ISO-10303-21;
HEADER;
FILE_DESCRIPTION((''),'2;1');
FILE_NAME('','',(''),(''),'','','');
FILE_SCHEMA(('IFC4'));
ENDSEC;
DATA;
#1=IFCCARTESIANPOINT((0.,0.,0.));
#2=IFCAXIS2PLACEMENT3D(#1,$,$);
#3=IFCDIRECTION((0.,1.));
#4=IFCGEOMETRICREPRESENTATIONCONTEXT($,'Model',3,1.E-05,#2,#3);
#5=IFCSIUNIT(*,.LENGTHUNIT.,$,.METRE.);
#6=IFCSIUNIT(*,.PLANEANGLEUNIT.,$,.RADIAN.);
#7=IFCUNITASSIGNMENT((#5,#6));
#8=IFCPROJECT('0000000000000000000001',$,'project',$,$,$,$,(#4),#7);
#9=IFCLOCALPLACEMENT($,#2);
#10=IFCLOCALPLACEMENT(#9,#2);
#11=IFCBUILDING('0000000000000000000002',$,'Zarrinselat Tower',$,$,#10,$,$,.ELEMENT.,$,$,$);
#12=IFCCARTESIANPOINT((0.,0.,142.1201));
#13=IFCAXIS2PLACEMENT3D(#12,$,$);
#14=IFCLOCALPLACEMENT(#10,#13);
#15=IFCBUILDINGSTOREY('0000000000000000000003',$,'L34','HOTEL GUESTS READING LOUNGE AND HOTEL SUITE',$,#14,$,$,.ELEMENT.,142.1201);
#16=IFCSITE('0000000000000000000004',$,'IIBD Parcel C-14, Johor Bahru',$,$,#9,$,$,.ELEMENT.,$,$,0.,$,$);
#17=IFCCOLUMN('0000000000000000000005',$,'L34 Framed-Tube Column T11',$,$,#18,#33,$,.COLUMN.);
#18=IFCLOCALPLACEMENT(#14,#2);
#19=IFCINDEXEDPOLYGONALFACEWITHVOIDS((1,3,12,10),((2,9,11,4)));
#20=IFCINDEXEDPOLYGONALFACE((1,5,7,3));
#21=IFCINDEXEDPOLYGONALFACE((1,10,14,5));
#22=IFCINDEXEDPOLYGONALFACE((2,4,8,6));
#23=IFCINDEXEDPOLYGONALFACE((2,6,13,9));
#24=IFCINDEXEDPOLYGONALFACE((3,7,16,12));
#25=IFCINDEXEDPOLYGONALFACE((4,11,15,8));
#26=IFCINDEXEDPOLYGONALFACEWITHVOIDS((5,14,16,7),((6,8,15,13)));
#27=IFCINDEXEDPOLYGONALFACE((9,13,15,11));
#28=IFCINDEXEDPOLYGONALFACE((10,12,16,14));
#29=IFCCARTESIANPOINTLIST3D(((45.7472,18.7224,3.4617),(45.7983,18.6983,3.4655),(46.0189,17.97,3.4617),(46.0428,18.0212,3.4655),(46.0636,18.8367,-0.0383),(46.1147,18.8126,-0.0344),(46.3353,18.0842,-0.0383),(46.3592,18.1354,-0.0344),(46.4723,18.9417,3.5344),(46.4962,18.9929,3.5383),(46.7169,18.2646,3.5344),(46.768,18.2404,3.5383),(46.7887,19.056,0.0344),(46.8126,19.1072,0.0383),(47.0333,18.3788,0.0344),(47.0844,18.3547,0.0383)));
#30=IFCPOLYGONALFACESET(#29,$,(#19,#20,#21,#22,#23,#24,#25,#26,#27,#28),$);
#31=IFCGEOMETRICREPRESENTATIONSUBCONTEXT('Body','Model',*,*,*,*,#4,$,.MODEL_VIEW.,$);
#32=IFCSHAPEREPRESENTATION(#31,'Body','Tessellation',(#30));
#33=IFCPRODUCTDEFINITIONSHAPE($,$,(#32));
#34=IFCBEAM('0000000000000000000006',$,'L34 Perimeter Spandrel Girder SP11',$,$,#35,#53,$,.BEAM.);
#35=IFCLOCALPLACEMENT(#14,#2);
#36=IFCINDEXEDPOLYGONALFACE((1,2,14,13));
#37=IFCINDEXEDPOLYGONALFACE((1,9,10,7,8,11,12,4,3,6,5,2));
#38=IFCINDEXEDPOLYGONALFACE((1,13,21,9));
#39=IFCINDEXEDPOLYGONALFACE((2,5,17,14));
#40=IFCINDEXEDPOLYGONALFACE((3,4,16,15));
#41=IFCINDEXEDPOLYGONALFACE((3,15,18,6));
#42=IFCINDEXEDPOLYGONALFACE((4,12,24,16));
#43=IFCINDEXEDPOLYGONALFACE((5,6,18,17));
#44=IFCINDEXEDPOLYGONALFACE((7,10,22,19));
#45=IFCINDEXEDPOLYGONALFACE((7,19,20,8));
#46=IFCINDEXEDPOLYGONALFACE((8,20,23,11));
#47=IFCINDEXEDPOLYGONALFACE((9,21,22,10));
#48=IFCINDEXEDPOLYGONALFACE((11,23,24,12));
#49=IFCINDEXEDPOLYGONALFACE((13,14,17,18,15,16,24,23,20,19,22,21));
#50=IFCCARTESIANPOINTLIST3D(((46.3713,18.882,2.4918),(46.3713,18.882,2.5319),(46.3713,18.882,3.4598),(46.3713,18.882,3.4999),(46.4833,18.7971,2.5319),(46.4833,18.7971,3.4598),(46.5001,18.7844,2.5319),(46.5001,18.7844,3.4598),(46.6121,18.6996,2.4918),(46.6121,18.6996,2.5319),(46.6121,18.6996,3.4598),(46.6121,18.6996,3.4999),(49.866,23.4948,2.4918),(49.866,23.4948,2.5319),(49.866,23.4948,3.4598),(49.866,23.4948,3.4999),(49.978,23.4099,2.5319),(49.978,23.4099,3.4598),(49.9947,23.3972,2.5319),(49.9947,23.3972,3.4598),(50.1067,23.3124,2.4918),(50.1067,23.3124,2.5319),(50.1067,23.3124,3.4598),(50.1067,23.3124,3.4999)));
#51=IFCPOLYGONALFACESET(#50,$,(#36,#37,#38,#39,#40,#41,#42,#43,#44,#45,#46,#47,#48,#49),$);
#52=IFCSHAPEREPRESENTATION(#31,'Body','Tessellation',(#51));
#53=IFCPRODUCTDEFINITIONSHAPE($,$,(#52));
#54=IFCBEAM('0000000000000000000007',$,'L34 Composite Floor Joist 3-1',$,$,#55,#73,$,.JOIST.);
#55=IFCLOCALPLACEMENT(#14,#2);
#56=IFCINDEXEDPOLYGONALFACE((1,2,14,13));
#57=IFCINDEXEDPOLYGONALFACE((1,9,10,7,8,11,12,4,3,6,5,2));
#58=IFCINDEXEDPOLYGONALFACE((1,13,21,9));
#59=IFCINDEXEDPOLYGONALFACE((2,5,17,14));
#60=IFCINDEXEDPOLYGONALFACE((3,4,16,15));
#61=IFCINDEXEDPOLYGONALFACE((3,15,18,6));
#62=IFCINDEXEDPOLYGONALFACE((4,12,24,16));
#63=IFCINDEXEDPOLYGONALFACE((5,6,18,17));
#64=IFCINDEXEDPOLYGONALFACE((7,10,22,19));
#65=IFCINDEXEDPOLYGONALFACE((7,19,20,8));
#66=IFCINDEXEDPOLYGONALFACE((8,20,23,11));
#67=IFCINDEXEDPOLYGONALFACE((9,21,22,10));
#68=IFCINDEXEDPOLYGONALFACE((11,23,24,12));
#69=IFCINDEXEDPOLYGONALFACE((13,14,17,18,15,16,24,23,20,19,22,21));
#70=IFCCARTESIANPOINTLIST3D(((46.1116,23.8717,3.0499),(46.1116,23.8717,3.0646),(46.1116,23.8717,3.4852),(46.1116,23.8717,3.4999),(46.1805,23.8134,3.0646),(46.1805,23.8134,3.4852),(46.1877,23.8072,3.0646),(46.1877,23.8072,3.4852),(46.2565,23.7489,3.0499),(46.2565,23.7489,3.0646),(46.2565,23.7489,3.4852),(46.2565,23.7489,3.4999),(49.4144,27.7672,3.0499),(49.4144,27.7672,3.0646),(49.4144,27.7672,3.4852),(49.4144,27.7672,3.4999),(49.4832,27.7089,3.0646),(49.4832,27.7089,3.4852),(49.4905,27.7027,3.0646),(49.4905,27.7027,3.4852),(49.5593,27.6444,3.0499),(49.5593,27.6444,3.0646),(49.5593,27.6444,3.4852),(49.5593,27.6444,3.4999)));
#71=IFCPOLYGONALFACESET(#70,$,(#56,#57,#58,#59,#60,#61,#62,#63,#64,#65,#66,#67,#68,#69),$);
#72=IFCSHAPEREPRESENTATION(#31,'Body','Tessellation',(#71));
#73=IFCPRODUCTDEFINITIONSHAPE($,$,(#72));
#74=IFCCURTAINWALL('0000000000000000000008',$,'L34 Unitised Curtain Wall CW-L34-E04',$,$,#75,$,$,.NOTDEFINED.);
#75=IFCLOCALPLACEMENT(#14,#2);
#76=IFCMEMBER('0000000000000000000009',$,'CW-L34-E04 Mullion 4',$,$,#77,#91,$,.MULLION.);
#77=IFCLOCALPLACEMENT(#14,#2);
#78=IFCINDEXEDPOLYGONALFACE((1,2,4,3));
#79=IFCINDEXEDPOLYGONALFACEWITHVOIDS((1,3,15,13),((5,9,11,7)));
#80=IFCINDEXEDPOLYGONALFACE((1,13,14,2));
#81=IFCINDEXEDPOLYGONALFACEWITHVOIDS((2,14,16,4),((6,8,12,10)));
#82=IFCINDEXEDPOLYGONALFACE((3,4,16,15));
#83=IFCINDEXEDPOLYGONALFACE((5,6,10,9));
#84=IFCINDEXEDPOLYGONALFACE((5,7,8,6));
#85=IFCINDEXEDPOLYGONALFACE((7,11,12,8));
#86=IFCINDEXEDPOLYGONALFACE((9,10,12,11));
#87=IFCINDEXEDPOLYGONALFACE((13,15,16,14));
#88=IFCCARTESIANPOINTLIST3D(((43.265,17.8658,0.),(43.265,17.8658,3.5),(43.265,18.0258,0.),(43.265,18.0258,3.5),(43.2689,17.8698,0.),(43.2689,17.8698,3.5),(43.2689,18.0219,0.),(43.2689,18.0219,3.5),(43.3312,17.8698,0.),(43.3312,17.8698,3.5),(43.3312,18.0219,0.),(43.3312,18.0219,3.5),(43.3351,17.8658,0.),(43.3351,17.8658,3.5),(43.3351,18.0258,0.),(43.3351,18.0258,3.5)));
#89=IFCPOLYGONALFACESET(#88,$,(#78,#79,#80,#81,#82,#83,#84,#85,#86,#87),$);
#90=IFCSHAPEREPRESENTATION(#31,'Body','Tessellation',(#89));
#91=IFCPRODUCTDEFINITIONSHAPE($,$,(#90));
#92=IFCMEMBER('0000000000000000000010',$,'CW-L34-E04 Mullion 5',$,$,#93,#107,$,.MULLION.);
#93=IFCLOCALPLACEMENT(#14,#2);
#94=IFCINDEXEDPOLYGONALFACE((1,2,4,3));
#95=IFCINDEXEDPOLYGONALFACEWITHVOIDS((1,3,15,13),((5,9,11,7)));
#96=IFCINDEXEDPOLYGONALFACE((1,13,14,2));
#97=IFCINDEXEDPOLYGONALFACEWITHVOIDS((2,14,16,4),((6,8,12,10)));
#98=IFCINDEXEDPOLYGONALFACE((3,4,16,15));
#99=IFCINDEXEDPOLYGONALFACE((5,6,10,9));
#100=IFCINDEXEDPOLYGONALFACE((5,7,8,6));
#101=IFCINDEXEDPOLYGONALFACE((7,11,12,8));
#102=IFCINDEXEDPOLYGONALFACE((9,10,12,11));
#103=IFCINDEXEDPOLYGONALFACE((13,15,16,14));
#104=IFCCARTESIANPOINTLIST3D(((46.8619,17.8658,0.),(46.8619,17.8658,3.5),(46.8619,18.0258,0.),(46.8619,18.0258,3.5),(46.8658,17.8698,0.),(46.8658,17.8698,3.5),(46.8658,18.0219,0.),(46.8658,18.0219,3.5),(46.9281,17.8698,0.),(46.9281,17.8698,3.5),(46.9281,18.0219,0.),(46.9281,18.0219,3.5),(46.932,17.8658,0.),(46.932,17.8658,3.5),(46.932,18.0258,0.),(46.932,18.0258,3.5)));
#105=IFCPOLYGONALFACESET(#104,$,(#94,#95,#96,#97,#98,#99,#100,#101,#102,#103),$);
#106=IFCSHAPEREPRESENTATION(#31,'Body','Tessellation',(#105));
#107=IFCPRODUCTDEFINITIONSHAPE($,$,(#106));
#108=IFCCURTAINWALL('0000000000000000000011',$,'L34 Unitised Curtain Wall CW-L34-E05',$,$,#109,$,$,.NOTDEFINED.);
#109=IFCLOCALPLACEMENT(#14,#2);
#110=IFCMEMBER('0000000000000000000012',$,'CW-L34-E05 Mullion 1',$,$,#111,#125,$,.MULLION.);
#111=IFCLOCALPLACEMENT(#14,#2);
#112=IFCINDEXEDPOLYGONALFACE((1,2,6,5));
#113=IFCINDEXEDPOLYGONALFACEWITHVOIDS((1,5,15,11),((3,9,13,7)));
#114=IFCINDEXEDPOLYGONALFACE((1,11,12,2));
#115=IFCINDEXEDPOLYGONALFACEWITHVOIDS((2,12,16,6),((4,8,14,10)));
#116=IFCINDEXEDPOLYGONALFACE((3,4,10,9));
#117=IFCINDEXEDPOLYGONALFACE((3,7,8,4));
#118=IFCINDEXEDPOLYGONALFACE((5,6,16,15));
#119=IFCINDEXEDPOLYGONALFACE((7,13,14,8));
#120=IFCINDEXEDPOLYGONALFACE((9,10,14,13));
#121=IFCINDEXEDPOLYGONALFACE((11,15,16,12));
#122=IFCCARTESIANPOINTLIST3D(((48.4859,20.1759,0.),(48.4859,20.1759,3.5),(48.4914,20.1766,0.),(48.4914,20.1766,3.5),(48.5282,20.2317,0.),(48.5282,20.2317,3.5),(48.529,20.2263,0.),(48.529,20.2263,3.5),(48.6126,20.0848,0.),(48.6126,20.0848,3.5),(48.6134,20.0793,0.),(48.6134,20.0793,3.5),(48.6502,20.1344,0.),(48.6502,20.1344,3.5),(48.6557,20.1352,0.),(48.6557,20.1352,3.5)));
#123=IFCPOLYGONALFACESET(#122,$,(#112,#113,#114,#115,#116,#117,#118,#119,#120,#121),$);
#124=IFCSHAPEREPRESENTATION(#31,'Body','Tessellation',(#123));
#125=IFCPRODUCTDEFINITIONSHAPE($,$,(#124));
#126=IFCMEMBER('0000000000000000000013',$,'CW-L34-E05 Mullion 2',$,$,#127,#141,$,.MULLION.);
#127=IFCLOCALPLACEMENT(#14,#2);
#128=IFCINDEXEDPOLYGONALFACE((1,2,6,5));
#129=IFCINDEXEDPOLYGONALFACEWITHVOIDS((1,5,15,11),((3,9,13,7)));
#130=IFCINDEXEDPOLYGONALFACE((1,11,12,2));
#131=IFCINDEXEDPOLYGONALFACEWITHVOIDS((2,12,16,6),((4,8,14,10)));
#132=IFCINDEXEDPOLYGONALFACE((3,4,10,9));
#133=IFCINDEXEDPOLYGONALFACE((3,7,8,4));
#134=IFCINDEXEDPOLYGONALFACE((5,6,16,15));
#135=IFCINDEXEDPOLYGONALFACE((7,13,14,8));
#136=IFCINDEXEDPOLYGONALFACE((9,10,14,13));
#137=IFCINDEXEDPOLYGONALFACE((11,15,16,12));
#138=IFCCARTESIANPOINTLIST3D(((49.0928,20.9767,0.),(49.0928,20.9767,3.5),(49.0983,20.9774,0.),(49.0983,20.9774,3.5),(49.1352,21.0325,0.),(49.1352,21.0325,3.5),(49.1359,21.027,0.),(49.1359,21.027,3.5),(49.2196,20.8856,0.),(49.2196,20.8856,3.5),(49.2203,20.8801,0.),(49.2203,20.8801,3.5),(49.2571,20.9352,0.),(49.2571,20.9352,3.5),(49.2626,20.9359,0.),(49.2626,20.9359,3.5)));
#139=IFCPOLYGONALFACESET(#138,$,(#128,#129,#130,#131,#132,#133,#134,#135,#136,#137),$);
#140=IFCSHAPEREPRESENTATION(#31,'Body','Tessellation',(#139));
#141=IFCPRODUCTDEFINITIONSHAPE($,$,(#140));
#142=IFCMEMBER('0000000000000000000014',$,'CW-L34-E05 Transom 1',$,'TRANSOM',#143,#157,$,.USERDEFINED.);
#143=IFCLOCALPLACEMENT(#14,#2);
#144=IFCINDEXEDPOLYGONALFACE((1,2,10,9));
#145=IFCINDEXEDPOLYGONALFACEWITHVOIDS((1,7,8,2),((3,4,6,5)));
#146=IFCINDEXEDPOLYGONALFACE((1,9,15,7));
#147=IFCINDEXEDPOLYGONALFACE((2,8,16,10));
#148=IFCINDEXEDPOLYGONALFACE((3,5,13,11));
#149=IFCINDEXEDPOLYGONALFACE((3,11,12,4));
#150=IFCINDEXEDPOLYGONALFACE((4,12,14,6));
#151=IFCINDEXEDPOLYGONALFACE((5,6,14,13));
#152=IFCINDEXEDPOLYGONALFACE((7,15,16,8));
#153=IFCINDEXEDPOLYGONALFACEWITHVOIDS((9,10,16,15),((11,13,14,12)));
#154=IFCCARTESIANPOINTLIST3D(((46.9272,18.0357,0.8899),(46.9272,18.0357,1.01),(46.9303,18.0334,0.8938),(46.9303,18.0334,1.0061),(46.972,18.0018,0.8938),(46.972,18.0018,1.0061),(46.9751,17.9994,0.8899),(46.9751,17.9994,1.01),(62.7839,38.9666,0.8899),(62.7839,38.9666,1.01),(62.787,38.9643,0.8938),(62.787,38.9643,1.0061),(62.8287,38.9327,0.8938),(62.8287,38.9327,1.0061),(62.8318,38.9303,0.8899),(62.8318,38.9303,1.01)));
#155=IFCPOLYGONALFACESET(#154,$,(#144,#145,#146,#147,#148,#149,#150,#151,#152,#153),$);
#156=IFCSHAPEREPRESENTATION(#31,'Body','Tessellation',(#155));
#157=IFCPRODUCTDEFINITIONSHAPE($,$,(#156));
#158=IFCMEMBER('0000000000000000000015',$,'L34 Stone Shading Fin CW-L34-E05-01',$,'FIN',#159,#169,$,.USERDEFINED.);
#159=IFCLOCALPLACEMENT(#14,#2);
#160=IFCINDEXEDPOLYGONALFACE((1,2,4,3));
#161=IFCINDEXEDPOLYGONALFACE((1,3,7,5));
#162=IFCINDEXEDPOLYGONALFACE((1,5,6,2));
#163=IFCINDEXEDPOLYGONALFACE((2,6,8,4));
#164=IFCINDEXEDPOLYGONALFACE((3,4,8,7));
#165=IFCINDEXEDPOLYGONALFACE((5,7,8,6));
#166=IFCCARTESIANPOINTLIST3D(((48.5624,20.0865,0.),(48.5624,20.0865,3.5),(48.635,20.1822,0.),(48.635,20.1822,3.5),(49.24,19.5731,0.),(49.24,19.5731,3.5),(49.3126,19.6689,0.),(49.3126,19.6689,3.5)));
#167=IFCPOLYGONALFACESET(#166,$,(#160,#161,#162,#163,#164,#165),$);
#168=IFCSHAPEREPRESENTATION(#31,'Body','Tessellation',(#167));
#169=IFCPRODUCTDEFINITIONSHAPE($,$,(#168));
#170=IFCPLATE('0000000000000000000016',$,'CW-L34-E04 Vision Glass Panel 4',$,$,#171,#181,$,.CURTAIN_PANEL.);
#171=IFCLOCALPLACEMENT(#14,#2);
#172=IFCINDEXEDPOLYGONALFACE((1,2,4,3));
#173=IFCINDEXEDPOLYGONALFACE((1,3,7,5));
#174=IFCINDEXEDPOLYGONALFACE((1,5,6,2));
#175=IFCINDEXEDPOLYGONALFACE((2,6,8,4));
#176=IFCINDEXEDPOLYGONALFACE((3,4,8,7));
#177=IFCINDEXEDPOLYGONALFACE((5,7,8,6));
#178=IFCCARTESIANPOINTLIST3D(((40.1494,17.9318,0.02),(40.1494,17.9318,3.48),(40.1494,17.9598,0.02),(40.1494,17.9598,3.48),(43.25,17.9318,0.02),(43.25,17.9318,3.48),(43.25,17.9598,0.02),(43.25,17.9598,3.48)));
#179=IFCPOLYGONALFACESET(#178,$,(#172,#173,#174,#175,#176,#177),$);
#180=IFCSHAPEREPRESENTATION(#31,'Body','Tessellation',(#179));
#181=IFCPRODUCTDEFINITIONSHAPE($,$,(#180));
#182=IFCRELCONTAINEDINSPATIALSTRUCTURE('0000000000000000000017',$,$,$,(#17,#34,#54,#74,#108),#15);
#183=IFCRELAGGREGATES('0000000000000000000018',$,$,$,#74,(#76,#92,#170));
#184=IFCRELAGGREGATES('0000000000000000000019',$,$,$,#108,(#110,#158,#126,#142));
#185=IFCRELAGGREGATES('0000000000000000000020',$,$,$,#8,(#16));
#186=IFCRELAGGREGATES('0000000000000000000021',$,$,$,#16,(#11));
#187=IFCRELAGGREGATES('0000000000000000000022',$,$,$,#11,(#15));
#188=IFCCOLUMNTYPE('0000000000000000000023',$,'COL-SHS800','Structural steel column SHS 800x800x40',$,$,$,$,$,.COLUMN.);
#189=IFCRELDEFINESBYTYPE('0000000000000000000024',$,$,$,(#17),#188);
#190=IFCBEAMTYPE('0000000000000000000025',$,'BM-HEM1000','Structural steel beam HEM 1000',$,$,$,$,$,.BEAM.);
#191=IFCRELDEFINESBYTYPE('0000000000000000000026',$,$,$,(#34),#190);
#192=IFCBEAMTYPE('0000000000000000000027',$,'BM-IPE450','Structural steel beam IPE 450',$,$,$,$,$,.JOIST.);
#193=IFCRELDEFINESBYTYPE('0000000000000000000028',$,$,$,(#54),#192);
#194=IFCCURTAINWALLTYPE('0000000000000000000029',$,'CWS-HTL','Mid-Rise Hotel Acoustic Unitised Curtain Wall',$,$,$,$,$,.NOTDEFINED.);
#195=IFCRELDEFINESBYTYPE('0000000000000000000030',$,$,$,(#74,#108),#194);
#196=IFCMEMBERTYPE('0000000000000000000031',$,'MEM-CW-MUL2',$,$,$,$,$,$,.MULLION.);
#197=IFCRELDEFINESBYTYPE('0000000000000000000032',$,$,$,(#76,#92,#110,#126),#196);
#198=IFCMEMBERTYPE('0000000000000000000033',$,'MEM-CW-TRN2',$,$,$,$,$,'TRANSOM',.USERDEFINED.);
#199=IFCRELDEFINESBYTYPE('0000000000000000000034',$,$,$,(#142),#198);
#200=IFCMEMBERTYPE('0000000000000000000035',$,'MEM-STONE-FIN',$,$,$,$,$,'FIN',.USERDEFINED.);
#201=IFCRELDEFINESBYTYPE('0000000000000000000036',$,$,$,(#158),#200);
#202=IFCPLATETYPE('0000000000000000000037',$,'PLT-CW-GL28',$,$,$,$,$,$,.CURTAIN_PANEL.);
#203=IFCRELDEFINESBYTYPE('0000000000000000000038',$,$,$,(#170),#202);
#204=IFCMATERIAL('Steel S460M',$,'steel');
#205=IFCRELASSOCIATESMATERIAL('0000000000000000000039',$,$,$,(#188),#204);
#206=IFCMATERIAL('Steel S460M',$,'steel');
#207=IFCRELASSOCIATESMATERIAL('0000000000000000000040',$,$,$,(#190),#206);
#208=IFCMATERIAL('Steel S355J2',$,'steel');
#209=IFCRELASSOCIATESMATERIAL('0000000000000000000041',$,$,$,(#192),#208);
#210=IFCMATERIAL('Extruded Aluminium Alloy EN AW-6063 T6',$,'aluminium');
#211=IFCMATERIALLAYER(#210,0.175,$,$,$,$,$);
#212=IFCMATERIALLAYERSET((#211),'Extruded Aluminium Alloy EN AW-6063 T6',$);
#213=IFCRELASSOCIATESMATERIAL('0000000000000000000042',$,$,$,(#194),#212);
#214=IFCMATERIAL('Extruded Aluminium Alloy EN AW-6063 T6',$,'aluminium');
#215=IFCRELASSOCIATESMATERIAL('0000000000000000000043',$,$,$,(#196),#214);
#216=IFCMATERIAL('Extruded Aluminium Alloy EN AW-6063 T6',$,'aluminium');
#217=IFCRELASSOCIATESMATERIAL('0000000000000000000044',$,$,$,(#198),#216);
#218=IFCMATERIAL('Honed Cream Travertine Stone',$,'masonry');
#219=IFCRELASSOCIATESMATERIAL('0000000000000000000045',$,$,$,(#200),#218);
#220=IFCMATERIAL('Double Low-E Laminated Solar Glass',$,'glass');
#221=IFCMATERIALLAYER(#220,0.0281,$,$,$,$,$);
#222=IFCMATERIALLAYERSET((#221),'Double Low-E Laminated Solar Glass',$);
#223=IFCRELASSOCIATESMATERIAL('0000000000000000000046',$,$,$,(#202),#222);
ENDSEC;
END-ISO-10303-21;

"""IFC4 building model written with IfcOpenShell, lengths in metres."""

from ifc_helpers import new_model, si_unit, direction, frame, origin, origin_2d, place, context, subcontext, project, spatial, rectangle, hollow_rectangle, i_section, extrude, material, layer, layer_set, material_profile, profile_set, type_object, element, aggregate, save


model = new_model("IFC4")

# Units and contexts
model_context = context("Model", 3, precision=1e-05, world=origin(), true_north=direction((0.0, 1.0)))
body_context = subcontext(model_context, "Body", "Model", "MODEL_VIEW")
ifc_project = project(units=[si_unit("LENGTHUNIT", "METRE"), si_unit("PLANEANGLEUNIT", "RADIAN")], contexts=[model_context])

# Site, building, storey
site_placement = place(None, origin())
site = spatial("IfcSite", under=ifc_project, at=site_placement, Name="IIBD Parcel C-14, Johor Bahru", CompositionType="ELEMENT", RefElevation=0.0)
building_placement = place(site_placement, origin())
building = spatial("IfcBuilding", under=site, at=building_placement, Name="Zarrinselat Tower", CompositionType="ELEMENT")
storey_placement = place(building_placement, frame((0.0, 0.0, 142.1201)))
storey = spatial("IfcBuildingStorey", under=building, at=storey_placement, Name="L34", Description="HOTEL GUESTS READING LOUNGE AND HOTEL SUITE", CompositionType="ELEMENT", Elevation=142.1201)

# Column
ifc_material_1 = material(Name="Steel S460M", Category="steel")
ifc_material_profile_1 = material_profile(ifc_material_1, hollow_rectangle(XDim=0.8, YDim=0.8, WallThickness=0.04, at=origin_2d()), Name="SHS 800x800x40")
ifc_profile_set_1 = profile_set([ifc_material_profile_1], Name="Steel S460M")
column_type = type_object("IfcColumnType", Name="COL-SHS800", Description="Structural steel column SHS 800x800x40", PredefinedType="COLUMN", material=ifc_profile_set_1)
column_placement = place(storey_placement, frame((46.574, 18.5957, 0.0), z_axis=(-0.089987, -0.032495, 0.995413), x_axis=(0.339644, -0.940554, 0.0)))
element("IfcColumn", 1, at=column_placement, inside=storey, type_object=column_type, Name="L34 Framed-Tube Column T11", PredefinedType="COLUMN", context=body_context, shape_type="SweptSolid", body=[
    extrude(hollow_rectangle(XDim=0.8, YDim=0.8, WallThickness=0.04, at=origin_2d()), origin(), (0.0, 0.0, 1.0), 3.5161),
])

# Beams
ifc_material_2 = material(Name="Steel S460M", Category="steel")
ifc_material_profile_2 = material_profile(ifc_material_2, i_section(OverallWidth=0.302, OverallDepth=1.0081, WebThickness=0.021, FlangeThickness=0.04, at=origin_2d()), Name="HEM 1000")
ifc_profile_set_2 = profile_set([ifc_material_profile_2], Name="Steel S460M")
beam_type_1 = type_object("IfcBeamType", Name="BM-HEM1000", Description="Structural steel beam HEM 1000", PredefinedType="BEAM", material=ifc_profile_set_2)
beam_1_placement = place(storey_placement, frame((46.4917, 18.7908, 2.9958), z_axis=(0.603867, 0.797085, 0.0), x_axis=(-0.797085, 0.603867, 0.0)))
element("IfcBeam", 2, at=beam_1_placement, inside=storey, type_object=beam_type_1, Name="L34 Perimeter Spandrel Girder SP11", PredefinedType="BEAM", context=body_context, shape_type="SweptSolid", body=[
    extrude(i_section(OverallWidth=0.302, OverallDepth=1.0081, WebThickness=0.021, FlangeThickness=0.04, at=origin_2d()), origin(), (0.0, 0.0, 1.0), 5.7871),
])
ifc_material_3 = material(Name="Steel S355J2", Category="steel")
ifc_material_profile_3 = material_profile(ifc_material_3, i_section(OverallWidth=0.1899, OverallDepth=0.45, WebThickness=0.0095, FlangeThickness=0.0146, at=origin_2d()), Name="IPE 450")
ifc_profile_set_3 = profile_set([ifc_material_profile_3], Name="Steel S355J2")
beam_type_2 = type_object("IfcBeamType", Name="BM-IPE450", Description="Structural steel beam IPE 450", PredefinedType="JOIST", material=ifc_profile_set_3)
beam_2_placement = place(storey_placement, frame((46.1841, 23.8103, 3.2749), z_axis=(0.646688, 0.762755, 0.0), x_axis=(-0.762755, 0.646688, 0.0)))
element("IfcBeam", 3, at=beam_2_placement, inside=storey, type_object=beam_type_2, Name="L34 Composite Floor Joist 3-1", PredefinedType="JOIST", context=body_context, shape_type="SweptSolid", body=[
    extrude(i_section(OverallWidth=0.1899, OverallDepth=0.45, WebThickness=0.0095, FlangeThickness=0.0146, at=origin_2d()), origin(), (0.0, 0.0, 1.0), 5.1072),
])

# Curtain walls, members
ifc_material_4 = material(Name="Extruded Aluminium Alloy EN AW-6063 T6", Category="aluminium")
ifc_layer_1 = layer(ifc_material_4, 0.175)
ifc_layer_set_1 = layer_set([ifc_layer_1], Name="Extruded Aluminium Alloy EN AW-6063 T6")
curtain_wall_type = type_object("IfcCurtainWallType", Name="CWS-HTL", Description="Mid-Rise Hotel Acoustic Unitised Curtain Wall", PredefinedType="NOTDEFINED", material=ifc_layer_set_1)
curtain_wall_1_placement = place(storey_placement, origin())
curtain_wall_1 = element("IfcCurtainWall", 4, at=curtain_wall_1_placement, inside=storey, type_object=curtain_wall_type, Name="L34 Unitised Curtain Wall CW-L34-E04", PredefinedType="NOTDEFINED")
ifc_material_5 = material(Name="Extruded Aluminium Alloy EN AW-6063 T6", Category="aluminium")
ifc_material_profile_4 = material_profile(ifc_material_5, hollow_rectangle(XDim=0.0701, YDim=0.1599, WallThickness=0.0039, at=origin_2d()), Name="RHS 160x70x4")
ifc_profile_set_4 = profile_set([ifc_material_profile_4], Name="Extruded Aluminium Alloy EN AW-6063 T6")
member_type_1 = type_object("IfcMemberType", Name="MEM-CW-MUL2", PredefinedType="MULLION", material=ifc_profile_set_4)
member_1_placement = place(storey_placement, frame((43.3, 17.9458, 0.0), z_axis=(0.0, 0.0, 1.0), x_axis=(1.0, 0.0, 0.0)))
member_1 = element("IfcMember", 5, at=member_1_placement, type_object=member_type_1, Name="CW-L34-E04 Mullion 4", PredefinedType="MULLION", context=body_context, shape_type="SweptSolid", body=[
    extrude(hollow_rectangle(XDim=0.0701, YDim=0.1599, WallThickness=0.0039, at=origin_2d()), origin(), (0.0, 0.0, 1.0), 3.5),
])
member_2_placement = place(storey_placement, frame((46.897, 17.9458, 0.0), z_axis=(0.0, 0.0, 1.0), x_axis=(1.0, 0.0, 0.0)))
member_2 = element("IfcMember", 6, at=member_2_placement, type_object=member_type_1, Name="CW-L34-E04 Mullion 5", PredefinedType="MULLION", context=body_context, shape_type="SweptSolid", body=[
    extrude(hollow_rectangle(XDim=0.0701, YDim=0.1599, WallThickness=0.0039, at=origin_2d()), origin(), (0.0, 0.0, 1.0), 3.5),
])
curtain_wall_2_placement = place(storey_placement, origin())
curtain_wall_2 = element("IfcCurtainWall", 7, at=curtain_wall_2_placement, inside=storey, type_object=curtain_wall_type, Name="L34 Unitised Curtain Wall CW-L34-E05", PredefinedType="NOTDEFINED")
member_3_placement = place(storey_placement, frame((48.5708, 20.1555, 0.0), z_axis=(0.0, 0.0, 1.0), x_axis=(0.603856, 0.797094, 0.0)))
member_3 = element("IfcMember", 8, at=member_3_placement, type_object=member_type_1, Name="CW-L34-E05 Mullion 1", PredefinedType="MULLION", context=body_context, shape_type="SweptSolid", body=[
    extrude(hollow_rectangle(XDim=0.0701, YDim=0.1599, WallThickness=0.0039, at=origin_2d()), origin(), (0.0, 0.0, 1.0), 3.5),
])
member_4_placement = place(storey_placement, frame((49.1777, 20.9563, 0.0), z_axis=(0.0, 0.0, 1.0), x_axis=(0.603856, 0.797094, 0.0)))
member_4 = element("IfcMember", 9, at=member_4_placement, type_object=member_type_1, Name="CW-L34-E05 Mullion 2", PredefinedType="MULLION", context=body_context, shape_type="SweptSolid", body=[
    extrude(hollow_rectangle(XDim=0.0701, YDim=0.1599, WallThickness=0.0039, at=origin_2d()), origin(), (0.0, 0.0, 1.0), 3.5),
])
ifc_material_6 = material(Name="Extruded Aluminium Alloy EN AW-6063 T6", Category="aluminium")
ifc_material_profile_5 = material_profile(ifc_material_6, hollow_rectangle(XDim=0.0601, YDim=0.1201, WallThickness=0.0039, at=origin_2d()), Name="RHS 120x60x4")
ifc_profile_set_5 = profile_set([ifc_material_profile_5], Name="Extruded Aluminium Alloy EN AW-6063 T6")
member_type_2 = type_object("IfcMemberType", Name="MEM-CW-TRN2", ElementType="TRANSOM", PredefinedType="USERDEFINED", material=ifc_profile_set_5)
member_5_placement = place(storey_placement, frame((46.9512, 18.0176, 0.95), z_axis=(0.603856, 0.797093, 0.0), x_axis=(-0.797093, 0.603856, 0.0)))
member_5 = element("IfcMember", 10, at=member_5_placement, type_object=member_type_2, Name="CW-L34-E05 Transom 1", ObjectType="TRANSOM", PredefinedType="USERDEFINED", context=body_context, shape_type="SweptSolid", body=[
    extrude(hollow_rectangle(XDim=0.0601, YDim=0.1201, WallThickness=0.0039, at=origin_2d()), origin(), (0.0, 0.0, 1.0), 26.259),
])
ifc_material_7 = material(Name="Honed Cream Travertine Stone", Category="masonry")
ifc_material_profile_6 = material_profile(ifc_material_7, rectangle(XDim=0.1201, YDim=0.8501, at=origin_2d()), Name="FIN 850x120")
ifc_profile_set_6 = profile_set([ifc_material_profile_6], Name="Honed Cream Travertine Stone")
member_type_3 = type_object("IfcMemberType", Name="MEM-STONE-FIN", ElementType="FIN", PredefinedType="USERDEFINED", material=ifc_profile_set_6)
member_6_placement = place(storey_placement, frame((48.9375, 19.8777, 0.0), z_axis=(0.0, 0.0, 1.0), x_axis=(-0.603856, -0.797094, 0.0)))
member_6 = element("IfcMember", 11, at=member_6_placement, type_object=member_type_3, Name="L34 Stone Shading Fin CW-L34-E05-01", ObjectType="FIN", PredefinedType="USERDEFINED", context=body_context, shape_type="SweptSolid", body=[
    extrude(rectangle(XDim=0.1201, YDim=0.8501, at=origin_2d()), origin(), (0.0, 0.0, 1.0), 3.5),
])

# Plate
ifc_material_8 = material(Name="Double Low-E Laminated Solar Glass", Category="glass")
ifc_layer_2 = layer(ifc_material_8, 0.0281)
ifc_layer_set_2 = layer_set([ifc_layer_2], Name="Double Low-E Laminated Solar Glass")
plate_type = type_object("IfcPlateType", Name="PLT-CW-GL28", PredefinedType="CURTAIN_PANEL", material=ifc_layer_set_2)
plate_1_placement = place(storey_placement, frame((41.6997, 17.9458, 0.02), z_axis=(0.0, 0.0, 1.0), x_axis=(1.0, 0.0, 0.0)))
plate_1 = element("IfcPlate", 12, at=plate_1_placement, type_object=plate_type, Name="CW-L34-E04 Vision Glass Panel 4", PredefinedType="CURTAIN_PANEL", context=body_context, shape_type="SweptSolid", body=[
    extrude(rectangle(XDim=3.1006, YDim=0.0281, at=origin_2d()), origin(), (0.0, 0.0, 1.0), 3.46),
])
aggregate(curtain_wall_1, [member_1, member_2, plate_1])
aggregate(curtain_wall_2, [member_3, member_6, member_4, member_5])

save(model, "model.ifc")
